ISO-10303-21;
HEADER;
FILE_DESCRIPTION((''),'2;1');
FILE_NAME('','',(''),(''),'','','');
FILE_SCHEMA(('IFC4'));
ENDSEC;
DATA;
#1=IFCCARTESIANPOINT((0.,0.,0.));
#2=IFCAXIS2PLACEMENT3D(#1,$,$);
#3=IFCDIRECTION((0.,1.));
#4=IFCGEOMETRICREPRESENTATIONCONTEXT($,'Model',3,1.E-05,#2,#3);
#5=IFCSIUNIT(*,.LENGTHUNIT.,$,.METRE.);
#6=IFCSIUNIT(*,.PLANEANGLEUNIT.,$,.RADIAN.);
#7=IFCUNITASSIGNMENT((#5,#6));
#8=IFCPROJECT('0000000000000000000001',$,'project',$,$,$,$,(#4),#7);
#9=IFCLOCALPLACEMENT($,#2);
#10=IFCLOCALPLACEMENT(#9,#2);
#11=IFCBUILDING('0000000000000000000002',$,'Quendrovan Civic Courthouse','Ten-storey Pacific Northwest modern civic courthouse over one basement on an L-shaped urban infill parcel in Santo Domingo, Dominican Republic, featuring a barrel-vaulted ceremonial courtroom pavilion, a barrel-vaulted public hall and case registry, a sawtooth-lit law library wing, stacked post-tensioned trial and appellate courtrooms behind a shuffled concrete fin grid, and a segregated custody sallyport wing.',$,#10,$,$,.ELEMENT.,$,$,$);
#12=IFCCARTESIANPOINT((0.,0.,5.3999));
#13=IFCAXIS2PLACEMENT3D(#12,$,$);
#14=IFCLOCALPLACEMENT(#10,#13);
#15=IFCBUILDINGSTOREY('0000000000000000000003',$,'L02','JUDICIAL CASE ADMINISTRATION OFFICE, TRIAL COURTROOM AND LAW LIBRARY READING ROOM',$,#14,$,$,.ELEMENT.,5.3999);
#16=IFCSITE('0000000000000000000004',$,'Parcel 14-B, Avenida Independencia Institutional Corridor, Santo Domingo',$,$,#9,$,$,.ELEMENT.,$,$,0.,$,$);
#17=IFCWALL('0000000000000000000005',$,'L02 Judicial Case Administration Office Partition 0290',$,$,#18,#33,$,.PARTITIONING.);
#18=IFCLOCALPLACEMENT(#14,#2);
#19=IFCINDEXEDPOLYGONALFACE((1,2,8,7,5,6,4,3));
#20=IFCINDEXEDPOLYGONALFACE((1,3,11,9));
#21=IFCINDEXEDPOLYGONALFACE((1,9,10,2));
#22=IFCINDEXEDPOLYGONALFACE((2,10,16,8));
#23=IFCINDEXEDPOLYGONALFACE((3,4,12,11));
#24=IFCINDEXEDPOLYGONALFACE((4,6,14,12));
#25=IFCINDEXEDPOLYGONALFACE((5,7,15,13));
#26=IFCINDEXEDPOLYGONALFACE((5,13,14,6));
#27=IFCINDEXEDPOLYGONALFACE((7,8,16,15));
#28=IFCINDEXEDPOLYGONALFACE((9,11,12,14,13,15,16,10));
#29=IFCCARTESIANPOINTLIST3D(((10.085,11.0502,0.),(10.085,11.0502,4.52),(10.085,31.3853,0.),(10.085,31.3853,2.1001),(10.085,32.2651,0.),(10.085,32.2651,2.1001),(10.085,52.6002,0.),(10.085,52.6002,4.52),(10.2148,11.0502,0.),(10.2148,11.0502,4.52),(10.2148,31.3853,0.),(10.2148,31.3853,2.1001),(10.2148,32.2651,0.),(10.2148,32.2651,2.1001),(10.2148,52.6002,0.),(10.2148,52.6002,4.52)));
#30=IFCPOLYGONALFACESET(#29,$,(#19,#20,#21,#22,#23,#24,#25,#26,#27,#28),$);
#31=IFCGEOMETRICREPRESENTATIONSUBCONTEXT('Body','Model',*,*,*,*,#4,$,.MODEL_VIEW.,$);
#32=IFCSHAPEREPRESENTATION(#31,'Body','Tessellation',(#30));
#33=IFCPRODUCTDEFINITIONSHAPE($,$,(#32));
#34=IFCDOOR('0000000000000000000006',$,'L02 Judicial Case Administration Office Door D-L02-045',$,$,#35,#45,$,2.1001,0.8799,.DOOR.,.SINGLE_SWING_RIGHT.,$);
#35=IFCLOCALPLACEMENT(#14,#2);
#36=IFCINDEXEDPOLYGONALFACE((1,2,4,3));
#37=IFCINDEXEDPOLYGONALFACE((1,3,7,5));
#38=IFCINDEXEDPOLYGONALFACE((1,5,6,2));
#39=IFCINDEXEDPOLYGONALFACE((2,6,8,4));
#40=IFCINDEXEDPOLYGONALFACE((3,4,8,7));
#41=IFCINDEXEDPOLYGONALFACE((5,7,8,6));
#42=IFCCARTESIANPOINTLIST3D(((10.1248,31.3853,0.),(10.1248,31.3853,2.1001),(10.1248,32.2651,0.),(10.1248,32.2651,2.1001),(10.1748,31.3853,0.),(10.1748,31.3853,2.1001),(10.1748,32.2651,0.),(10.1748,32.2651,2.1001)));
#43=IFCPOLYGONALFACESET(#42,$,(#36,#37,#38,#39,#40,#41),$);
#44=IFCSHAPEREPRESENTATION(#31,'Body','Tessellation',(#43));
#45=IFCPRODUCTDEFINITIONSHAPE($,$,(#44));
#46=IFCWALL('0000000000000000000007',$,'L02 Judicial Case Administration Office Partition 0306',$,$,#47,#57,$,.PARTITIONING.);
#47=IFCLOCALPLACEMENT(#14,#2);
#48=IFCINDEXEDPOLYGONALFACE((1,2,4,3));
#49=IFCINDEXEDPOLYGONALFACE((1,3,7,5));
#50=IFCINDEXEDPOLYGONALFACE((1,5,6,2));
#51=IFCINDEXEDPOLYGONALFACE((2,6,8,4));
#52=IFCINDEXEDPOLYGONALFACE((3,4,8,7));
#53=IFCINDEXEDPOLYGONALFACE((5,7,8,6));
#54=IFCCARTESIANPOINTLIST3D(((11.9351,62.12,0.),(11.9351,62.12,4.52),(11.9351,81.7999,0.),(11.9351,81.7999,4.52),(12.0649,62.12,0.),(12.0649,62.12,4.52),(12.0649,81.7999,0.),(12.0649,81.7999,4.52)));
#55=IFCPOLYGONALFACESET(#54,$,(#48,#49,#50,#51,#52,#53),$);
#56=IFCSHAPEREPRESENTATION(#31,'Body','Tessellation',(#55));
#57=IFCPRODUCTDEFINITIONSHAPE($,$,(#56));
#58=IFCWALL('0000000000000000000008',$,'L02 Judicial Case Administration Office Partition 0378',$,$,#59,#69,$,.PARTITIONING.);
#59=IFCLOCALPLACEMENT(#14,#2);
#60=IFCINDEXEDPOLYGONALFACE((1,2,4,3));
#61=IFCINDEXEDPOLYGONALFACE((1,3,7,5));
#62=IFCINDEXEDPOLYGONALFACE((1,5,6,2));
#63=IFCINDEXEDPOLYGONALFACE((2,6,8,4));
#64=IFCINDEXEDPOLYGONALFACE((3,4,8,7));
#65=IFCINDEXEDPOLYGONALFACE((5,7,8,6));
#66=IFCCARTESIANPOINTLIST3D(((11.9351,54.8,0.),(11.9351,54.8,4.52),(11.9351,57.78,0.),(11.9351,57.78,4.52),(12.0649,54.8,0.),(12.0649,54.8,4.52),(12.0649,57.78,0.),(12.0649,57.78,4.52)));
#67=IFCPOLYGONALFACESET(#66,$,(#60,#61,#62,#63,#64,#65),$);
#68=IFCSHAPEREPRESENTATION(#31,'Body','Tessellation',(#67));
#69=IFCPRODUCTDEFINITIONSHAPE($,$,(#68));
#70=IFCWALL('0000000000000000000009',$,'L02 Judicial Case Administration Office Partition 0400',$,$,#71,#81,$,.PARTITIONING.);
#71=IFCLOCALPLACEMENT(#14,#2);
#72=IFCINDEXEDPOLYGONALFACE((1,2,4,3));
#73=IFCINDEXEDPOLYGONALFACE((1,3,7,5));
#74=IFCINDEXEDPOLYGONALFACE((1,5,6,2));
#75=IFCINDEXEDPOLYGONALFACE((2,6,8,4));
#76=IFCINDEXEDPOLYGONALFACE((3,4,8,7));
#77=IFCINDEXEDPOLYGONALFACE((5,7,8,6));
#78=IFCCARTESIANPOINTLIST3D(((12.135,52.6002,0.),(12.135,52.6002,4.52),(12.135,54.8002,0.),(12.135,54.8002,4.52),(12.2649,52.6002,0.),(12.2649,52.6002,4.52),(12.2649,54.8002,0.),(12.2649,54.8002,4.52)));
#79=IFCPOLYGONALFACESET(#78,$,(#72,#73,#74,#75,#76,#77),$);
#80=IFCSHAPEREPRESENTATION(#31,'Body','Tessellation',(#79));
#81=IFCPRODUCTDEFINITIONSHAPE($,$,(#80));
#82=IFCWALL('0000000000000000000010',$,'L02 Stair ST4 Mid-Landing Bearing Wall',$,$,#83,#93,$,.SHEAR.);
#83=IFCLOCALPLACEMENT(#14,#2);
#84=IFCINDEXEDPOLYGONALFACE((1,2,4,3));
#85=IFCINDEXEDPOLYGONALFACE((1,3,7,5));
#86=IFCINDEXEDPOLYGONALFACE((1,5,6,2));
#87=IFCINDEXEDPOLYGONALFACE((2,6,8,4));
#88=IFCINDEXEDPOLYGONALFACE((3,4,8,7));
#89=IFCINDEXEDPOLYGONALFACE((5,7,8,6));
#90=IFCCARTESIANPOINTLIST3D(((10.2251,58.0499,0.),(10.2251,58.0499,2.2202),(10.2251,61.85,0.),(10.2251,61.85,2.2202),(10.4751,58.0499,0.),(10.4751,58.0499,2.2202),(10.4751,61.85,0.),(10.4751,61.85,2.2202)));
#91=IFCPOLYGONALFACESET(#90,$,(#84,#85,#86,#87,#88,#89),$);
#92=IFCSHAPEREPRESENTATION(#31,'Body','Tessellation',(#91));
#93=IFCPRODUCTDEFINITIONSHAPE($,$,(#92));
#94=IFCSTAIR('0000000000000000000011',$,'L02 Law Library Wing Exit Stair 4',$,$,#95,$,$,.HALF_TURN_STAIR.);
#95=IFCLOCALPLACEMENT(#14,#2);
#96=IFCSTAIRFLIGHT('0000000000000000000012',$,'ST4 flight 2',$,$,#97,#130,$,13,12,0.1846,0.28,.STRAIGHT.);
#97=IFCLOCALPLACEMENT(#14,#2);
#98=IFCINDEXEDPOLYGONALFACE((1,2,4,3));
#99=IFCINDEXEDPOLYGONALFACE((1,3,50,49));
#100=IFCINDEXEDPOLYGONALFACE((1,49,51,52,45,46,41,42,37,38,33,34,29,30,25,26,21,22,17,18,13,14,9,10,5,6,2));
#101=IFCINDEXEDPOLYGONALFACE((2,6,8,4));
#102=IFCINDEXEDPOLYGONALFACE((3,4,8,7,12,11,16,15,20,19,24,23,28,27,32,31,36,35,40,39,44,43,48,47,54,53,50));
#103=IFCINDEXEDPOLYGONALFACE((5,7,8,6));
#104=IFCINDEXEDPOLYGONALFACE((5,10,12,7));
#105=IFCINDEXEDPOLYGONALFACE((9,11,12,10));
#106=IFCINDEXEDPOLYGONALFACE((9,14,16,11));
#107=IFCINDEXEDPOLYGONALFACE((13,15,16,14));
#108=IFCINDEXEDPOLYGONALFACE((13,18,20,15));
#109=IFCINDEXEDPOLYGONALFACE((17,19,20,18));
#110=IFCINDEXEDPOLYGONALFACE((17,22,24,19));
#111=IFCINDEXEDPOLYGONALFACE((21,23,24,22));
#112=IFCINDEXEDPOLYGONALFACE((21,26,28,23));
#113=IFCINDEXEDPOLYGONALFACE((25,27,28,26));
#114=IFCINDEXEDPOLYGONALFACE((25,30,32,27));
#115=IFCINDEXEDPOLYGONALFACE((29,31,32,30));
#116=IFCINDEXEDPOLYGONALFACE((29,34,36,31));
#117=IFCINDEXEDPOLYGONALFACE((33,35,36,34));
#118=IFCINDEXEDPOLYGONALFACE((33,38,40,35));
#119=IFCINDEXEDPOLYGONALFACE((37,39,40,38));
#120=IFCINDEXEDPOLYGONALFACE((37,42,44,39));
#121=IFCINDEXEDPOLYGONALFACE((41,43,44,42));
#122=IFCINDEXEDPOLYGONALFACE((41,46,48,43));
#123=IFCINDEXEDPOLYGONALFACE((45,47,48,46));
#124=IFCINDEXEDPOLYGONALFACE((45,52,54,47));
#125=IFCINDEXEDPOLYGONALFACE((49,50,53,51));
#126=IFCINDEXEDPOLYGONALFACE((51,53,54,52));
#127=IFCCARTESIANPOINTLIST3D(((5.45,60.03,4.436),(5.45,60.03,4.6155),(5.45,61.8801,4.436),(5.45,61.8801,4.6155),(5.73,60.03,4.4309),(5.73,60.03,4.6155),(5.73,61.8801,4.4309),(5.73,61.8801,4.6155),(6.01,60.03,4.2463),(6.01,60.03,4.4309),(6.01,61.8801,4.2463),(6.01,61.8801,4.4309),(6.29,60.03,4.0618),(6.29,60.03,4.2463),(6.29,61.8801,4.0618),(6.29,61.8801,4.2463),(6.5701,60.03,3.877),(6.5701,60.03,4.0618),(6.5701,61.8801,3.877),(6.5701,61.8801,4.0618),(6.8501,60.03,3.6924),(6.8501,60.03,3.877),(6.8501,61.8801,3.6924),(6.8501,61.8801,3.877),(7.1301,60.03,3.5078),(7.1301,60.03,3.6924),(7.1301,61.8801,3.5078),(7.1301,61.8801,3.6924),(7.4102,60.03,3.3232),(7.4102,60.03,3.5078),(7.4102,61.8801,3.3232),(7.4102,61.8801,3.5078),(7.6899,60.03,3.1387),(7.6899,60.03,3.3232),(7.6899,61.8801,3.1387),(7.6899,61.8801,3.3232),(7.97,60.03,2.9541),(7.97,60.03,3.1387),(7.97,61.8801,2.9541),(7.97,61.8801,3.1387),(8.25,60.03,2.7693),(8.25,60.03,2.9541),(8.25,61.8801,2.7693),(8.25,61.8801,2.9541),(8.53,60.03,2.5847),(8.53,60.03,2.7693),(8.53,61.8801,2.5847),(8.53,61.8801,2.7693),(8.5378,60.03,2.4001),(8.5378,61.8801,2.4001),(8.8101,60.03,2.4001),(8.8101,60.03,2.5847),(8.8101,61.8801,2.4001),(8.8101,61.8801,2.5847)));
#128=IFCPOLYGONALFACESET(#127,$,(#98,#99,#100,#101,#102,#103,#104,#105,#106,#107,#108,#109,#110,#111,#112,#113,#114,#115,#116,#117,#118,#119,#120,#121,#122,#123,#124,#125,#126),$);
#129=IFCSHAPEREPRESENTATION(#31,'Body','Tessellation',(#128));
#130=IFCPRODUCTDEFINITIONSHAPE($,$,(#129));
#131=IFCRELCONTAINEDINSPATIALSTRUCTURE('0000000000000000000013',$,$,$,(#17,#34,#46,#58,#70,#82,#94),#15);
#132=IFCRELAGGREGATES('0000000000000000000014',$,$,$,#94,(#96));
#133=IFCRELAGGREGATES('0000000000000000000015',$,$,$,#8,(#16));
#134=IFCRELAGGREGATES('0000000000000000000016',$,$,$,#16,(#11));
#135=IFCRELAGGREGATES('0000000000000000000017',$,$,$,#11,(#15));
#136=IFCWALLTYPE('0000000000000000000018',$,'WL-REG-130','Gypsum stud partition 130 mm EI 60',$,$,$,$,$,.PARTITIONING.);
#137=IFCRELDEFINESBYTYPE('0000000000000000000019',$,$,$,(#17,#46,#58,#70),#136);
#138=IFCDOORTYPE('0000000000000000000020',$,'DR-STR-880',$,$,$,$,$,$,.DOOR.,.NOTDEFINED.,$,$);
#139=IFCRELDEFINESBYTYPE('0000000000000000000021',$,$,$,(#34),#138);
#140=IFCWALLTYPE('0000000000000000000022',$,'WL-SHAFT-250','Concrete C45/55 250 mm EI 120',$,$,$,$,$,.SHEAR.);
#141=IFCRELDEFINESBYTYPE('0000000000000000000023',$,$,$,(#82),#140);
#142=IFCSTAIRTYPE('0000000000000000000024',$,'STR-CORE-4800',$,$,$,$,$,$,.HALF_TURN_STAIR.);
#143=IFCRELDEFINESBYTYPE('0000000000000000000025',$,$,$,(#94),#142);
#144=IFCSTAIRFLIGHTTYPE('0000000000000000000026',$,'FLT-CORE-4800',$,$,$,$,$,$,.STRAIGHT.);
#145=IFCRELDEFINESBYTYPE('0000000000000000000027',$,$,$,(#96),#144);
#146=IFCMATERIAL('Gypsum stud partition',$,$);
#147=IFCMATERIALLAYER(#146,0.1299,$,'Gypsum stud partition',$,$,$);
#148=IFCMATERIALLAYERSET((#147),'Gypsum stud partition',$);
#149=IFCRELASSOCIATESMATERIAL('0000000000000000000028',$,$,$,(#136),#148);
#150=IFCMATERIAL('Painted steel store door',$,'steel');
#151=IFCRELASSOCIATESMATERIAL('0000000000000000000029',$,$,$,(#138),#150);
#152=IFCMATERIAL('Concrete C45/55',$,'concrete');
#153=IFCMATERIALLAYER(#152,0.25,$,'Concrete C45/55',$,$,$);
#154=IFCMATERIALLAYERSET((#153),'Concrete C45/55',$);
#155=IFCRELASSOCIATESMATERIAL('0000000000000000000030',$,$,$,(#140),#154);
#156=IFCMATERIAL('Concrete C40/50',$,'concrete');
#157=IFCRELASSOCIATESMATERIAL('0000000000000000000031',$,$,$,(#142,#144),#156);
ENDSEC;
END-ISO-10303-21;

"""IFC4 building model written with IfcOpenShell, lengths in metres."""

from ifc_helpers import new_model, si_unit, direction, frame, frame_2d, origin, place, context, subcontext, project, spatial, polyline, rectangle, outline, extrude, material, layer, layer_set, type_object, element, fill, aggregate, save


model = new_model("IFC4")

# Units and contexts
model_context = context("Model", 3, precision=1e-05, world=origin(), true_north=direction((0.0, 1.0)))
body_context = subcontext(model_context, "Body", "Model", "MODEL_VIEW")
ifc_project = project(units=[si_unit("LENGTHUNIT", "METRE"), si_unit("PLANEANGLEUNIT", "RADIAN")], contexts=[model_context])

# Site, building, storey
site_placement = place(None, origin())
site = spatial("IfcSite", under=ifc_project, at=site_placement, Name="Parcel 14-B, Avenida Independencia Institutional Corridor, Santo Domingo", CompositionType="ELEMENT", RefElevation=0.0)
building_placement = place(site_placement, origin())
building = spatial("IfcBuilding", under=site, at=building_placement, Name="Quendrovan Civic Courthouse", Description="Ten-storey Pacific Northwest modern civic courthouse over one basement on an L-shaped urban infill parcel in Santo Domingo, Dominican Republic, featuring a barrel-vaulted ceremonial courtroom pavilion, a barrel-vaulted public hall and case registry, a sawtooth-lit law library wing, stacked post-tensioned trial and appellate courtrooms behind a shuffled concrete fin grid, and a segregated custody sallyport wing.", CompositionType="ELEMENT")
storey_placement = place(building_placement, frame((0.0, 0.0, 5.3999)))
storey = spatial("IfcBuildingStorey", under=building, at=storey_placement, Name="L02", Description="JUDICIAL CASE ADMINISTRATION OFFICE, TRIAL COURTROOM AND LAW LIBRARY READING ROOM", CompositionType="ELEMENT", Elevation=5.3999)

# Shared definitions
ifc_material_1 = material(Name="Concrete C45/55", Category="concrete")

# Wall, opening, door
ifc_material_2 = material(Name="Gypsum stud partition")
ifc_layer_1 = layer(ifc_material_2, 0.1299, Name="Gypsum stud partition")
ifc_layer_set_1 = layer_set([ifc_layer_1], Name="Gypsum stud partition")
wall_type_1 = type_object("IfcWallType", Name="WL-REG-130", Description="Gypsum stud partition 130 mm EI 60", PredefinedType="PARTITIONING", material=ifc_layer_set_1)
wall_1_placement = place(storey_placement, frame((10.1499, 52.6001, 0.0), z_axis=(0.0, 0.0, 1.0), x_axis=(0.0, -1.0, 0.0)))
wall_1 = element("IfcWall", 1, at=wall_1_placement, inside=storey, type_object=wall_type_1, Name="L02 Judicial Case Administration Office Partition 0290", PredefinedType="PARTITIONING", context=body_context, shape_type="SweptSolid", body=[
    extrude(rectangle(XDim=41.55, YDim=0.1299, at=frame_2d((20.7749, 0.0))), origin(), (0.0, 0.0, 1.0), 4.52),
])
opening_placement = place(wall_1_placement, frame((20.335, 0.0, 0.0)))
opening = element("IfcOpeningElement", 2, at=opening_placement, cuts=wall_1, PredefinedType="OPENING", context=body_context, shape_type="SweptSolid", body=[
    extrude(rectangle(XDim=0.8799, YDim=2.1001, at=frame_2d((0.4399, 1.05))), frame((0.0, 0.075, 0.0), z_axis=(0.0, -1.0, 0.0), x_axis=(1.0, 0.0, 0.0)), (0.0, 0.0, 1.0), 0.1499),
])
ifc_material_3 = material(Name="Painted steel store door", Category="steel")
door_type = type_object("IfcDoorType", Name="DR-STR-880", OperationType="NOTDEFINED", PredefinedType="DOOR", material=ifc_material_3)
door_placement = place(opening_placement, origin())
door = element("IfcDoor", 3, at=door_placement, inside=storey, type_object=door_type, Name="L02 Judicial Case Administration Office Door D-L02-045", OperationType="SINGLE_SWING_RIGHT", OverallHeight=2.1001, OverallWidth=0.8799, PredefinedType="DOOR", context=body_context, shape_type="SweptSolid", body=[
    extrude(rectangle(XDim=0.8799, YDim=2.1001, at=frame_2d((0.4399, 1.05))), frame((0.0, 0.0249, 0.0), z_axis=(0.0, -1.0, 0.0), x_axis=(1.0, 0.0, 0.0)), (0.0, 0.0, 1.0), 0.05),
])
fill(opening, door)

# Walls
wall_2_placement = place(storey_placement, frame((12.0, 62.1201, 0.0), z_axis=(0.0, 0.0, 1.0), x_axis=(0.0, 1.0, 0.0)))
element("IfcWall", 4, at=wall_2_placement, inside=storey, type_object=wall_type_1, Name="L02 Judicial Case Administration Office Partition 0306", PredefinedType="PARTITIONING", context=body_context, shape_type="SweptSolid", body=[
    extrude(rectangle(XDim=19.6799, YDim=0.1299, at=frame_2d((9.8398, 0.0))), origin(), (0.0, 0.0, 1.0), 4.52),
])
wall_3_placement = place(storey_placement, frame((12.0, 54.8, 0.0), z_axis=(0.0, 0.0, 1.0), x_axis=(0.0, 1.0, 0.0)))
element("IfcWall", 5, at=wall_3_placement, inside=storey, type_object=wall_type_1, Name="L02 Judicial Case Administration Office Partition 0378", PredefinedType="PARTITIONING", context=body_context, shape_type="SweptSolid", body=[
    extrude(rectangle(XDim=2.98, YDim=0.1299, at=frame_2d((1.49, 0.0))), origin(), (0.0, 0.0, 1.0), 4.52),
])
wall_4_placement = place(storey_placement, frame((12.2, 52.6001, 0.0), z_axis=(0.0, 0.0, 1.0), x_axis=(0.0, 1.0, 0.0)))
element("IfcWall", 6, at=wall_4_placement, inside=storey, type_object=wall_type_1, Name="L02 Judicial Case Administration Office Partition 0400", PredefinedType="PARTITIONING", context=body_context, shape_type="SweptSolid", body=[
    extrude(rectangle(XDim=2.2, YDim=0.1299, at=frame_2d((1.1001, 0.0))), origin(), (0.0, 0.0, 1.0), 4.52),
])
ifc_layer_2 = layer(ifc_material_1, 0.25, Name="Concrete C45/55")
ifc_layer_set_2 = layer_set([ifc_layer_2], Name="Concrete C45/55")
wall_type_2 = type_object("IfcWallType", Name="WL-SHAFT-250", Description="Concrete C45/55 250 mm EI 120", PredefinedType="SHEAR", material=ifc_layer_set_2)
wall_5_placement = place(storey_placement, frame((10.3501, 58.05, 0.0), z_axis=(0.0, 0.0, 1.0), x_axis=(0.0, 1.0, 0.0)))
element("IfcWall", 7, at=wall_5_placement, inside=storey, type_object=wall_type_2, Name="L02 Stair ST4 Mid-Landing Bearing Wall", PredefinedType="SHEAR", context=body_context, shape_type="SweptSolid", body=[
    extrude(rectangle(XDim=3.8, YDim=0.25, at=frame_2d((1.8999, 0.0))), origin(), (0.0, 0.0, 1.0), 2.2202),
])

# Stair, stair flight
ifc_material_4 = material(Name="Concrete C40/50", Category="concrete")
stair_type = type_object("IfcStairType", Name="STR-CORE-4800", PredefinedType="HALF_TURN_STAIR", material=ifc_material_4)
stair_placement = place(storey_placement, origin())
stair = element("IfcStair", 8, at=stair_placement, inside=storey, type_object=stair_type, Name="L02 Law Library Wing Exit Stair 4", PredefinedType="HALF_TURN_STAIR")
stair_flight_type = type_object("IfcStairFlightType", Name="FLT-CORE-4800", PredefinedType="STRAIGHT", material=ifc_material_4)
stair_flight_placement = place(storey_placement, frame((8.8101, 60.9551, 2.4001), z_axis=(0.0, 0.0, 1.0), x_axis=(-1.0, 0.0, 0.0)))
stair_flight = element("IfcStairFlight", 9, at=stair_flight_placement, type_object=stair_flight_type, Name="ST4 flight 2", NumberOfRisers=13, NumberOfTreads=12, PredefinedType="STRAIGHT", RiserHeight=0.1846, TreadLength=0.28, context=body_context, shape_type="SweptSolid", body=[
    extrude(outline(polyline([(0.0, 0.0), (0.0, 0.1846), (0.28, 0.1846), (0.28, 0.3691), (0.5601, 0.3691), (0.5601, 0.554), (0.8401, 0.554), (0.8401, 0.7385), (1.1201, 0.7385), (1.1201, 0.9231), (1.3999, 0.9231), (1.3999, 1.1077), (1.6799, 1.1077), (1.6799, 1.2922), (1.96, 1.2922), (1.96, 1.4768), (2.24, 1.4768), (2.24, 1.6616), (2.52, 1.6616), (2.52, 1.8462), (2.8, 1.8462), (2.8, 2.0308), (3.0801, 2.0308), (3.0801, 2.2153), (3.3601, 2.2153), (3.3601, 2.3999), (3.3601, 2.0359), (0.2722, 0.0), (0.0, 0.0)])), frame((0.0, 0.925, 0.0), z_axis=(0.0, -1.0, 0.0), x_axis=(1.0, 0.0, 0.0)), (0.0, 0.0, 1.0), 1.8501),
])
aggregate(stair, [stair_flight])

save(model, "model.ifc")
